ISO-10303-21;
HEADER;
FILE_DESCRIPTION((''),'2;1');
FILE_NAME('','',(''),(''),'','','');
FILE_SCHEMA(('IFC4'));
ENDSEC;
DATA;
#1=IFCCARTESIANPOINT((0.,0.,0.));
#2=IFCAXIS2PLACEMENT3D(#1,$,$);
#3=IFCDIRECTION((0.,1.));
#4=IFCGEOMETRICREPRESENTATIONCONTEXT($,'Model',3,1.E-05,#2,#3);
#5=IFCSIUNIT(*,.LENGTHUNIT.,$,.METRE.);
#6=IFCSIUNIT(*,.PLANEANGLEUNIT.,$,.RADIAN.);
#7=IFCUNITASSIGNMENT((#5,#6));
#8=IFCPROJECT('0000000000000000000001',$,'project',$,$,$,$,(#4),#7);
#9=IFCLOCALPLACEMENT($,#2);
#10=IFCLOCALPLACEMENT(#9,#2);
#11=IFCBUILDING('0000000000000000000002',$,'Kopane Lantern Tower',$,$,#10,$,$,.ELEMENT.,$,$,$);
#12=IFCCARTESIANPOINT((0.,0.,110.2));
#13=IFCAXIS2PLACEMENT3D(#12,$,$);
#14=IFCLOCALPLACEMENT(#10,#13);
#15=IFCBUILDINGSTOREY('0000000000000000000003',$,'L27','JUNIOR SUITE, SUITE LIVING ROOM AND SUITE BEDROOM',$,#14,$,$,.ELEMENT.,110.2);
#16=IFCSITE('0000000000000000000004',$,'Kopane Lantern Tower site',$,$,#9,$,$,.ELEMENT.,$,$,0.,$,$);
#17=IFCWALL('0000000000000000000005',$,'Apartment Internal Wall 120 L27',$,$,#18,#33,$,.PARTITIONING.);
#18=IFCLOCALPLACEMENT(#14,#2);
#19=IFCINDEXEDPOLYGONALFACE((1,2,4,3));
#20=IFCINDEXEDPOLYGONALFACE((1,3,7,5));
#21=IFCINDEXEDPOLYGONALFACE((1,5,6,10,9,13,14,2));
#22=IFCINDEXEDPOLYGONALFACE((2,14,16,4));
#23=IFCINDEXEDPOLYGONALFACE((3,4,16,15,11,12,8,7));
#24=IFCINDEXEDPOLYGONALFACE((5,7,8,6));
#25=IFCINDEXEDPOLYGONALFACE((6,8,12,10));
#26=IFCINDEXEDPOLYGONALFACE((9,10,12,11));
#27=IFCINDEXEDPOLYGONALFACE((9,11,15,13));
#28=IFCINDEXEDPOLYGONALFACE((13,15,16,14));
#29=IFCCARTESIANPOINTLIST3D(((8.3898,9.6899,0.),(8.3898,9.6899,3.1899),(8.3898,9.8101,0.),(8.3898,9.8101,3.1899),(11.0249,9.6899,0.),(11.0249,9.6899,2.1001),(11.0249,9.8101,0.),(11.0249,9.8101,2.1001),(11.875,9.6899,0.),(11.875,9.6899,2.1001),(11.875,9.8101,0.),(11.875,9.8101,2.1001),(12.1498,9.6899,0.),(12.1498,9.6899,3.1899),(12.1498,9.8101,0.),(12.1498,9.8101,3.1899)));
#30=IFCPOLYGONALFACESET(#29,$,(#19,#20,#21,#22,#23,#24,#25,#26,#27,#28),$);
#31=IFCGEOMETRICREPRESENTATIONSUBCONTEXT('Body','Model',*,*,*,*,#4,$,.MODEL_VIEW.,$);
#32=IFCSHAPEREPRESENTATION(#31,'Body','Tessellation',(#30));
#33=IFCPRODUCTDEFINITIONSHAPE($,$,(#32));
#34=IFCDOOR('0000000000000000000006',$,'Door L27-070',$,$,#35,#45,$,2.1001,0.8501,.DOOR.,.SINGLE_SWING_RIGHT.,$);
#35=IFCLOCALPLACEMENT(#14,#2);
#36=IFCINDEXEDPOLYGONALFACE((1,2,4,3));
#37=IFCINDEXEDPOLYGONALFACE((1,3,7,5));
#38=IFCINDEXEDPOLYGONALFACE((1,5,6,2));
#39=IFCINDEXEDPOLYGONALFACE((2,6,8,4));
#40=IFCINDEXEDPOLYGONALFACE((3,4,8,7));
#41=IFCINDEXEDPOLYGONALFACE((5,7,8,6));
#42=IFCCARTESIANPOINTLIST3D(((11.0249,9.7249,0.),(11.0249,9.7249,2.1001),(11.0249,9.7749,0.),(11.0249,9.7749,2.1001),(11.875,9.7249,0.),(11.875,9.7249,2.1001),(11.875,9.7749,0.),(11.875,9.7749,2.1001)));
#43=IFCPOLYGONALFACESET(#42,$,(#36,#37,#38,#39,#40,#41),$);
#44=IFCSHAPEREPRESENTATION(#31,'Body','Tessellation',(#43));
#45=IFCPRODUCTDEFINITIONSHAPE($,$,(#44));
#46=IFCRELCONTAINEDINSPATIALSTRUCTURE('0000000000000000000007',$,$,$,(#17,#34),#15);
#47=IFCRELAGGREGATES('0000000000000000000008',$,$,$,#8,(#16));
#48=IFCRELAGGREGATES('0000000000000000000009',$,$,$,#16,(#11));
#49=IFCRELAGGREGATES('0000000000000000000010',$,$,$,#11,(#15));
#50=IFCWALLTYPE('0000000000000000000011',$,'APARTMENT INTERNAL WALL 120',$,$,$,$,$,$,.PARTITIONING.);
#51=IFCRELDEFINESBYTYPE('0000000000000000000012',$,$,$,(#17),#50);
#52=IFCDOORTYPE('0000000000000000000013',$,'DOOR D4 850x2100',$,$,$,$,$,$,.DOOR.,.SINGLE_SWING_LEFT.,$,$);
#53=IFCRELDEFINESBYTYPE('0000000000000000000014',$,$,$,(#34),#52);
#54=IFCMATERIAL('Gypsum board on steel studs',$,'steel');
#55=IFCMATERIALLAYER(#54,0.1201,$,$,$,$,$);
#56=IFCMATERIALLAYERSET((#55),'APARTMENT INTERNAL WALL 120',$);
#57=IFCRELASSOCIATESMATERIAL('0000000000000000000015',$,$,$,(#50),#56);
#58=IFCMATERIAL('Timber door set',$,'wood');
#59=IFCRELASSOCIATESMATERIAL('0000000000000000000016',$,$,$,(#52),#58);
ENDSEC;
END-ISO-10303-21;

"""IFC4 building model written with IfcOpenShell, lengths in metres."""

from ifc_helpers import new_model, si_unit, direction, frame, frame_2d, origin, place, context, subcontext, project, spatial, rectangle, extrude, material, layer, layer_set, type_object, element, fill, save


model = new_model("IFC4")

# Units and contexts
model_context = context("Model", 3, precision=1e-05, world=origin(), true_north=direction((0.0, 1.0)))
body_context = subcontext(model_context, "Body", "Model", "MODEL_VIEW")
ifc_project = project(units=[si_unit("LENGTHUNIT", "METRE"), si_unit("PLANEANGLEUNIT", "RADIAN")], contexts=[model_context])

# Site, building, storey
site_placement = place(None, origin())
site = spatial("IfcSite", under=ifc_project, at=site_placement, Name="Kopane Lantern Tower site", CompositionType="ELEMENT", RefElevation=0.0)
building_placement = place(site_placement, origin())
building = spatial("IfcBuilding", under=site, at=building_placement, Name="Kopane Lantern Tower", CompositionType="ELEMENT")
storey_placement = place(building_placement, frame((0.0, 0.0, 110.2)))
storey = spatial("IfcBuildingStorey", under=building, at=storey_placement, Name="L27", Description="JUNIOR SUITE, SUITE LIVING ROOM AND SUITE BEDROOM", CompositionType="ELEMENT", Elevation=110.2)

# Shared definitions
ifc_material_1 = material(Name="Gypsum board on steel studs", Category="steel")
ifc_layer = layer(ifc_material_1, 0.1201)
ifc_layer_set = layer_set([ifc_layer], Name="APARTMENT INTERNAL WALL 120")
wall_type = type_object("IfcWallType", Name="APARTMENT INTERNAL WALL 120", PredefinedType="PARTITIONING", material=ifc_layer_set)
ifc_material_2 = material(Name="Timber door set", Category="wood")
door_type = type_object("IfcDoorType", Name="DOOR D4 850x2100", OperationType="SINGLE_SWING_LEFT", PredefinedType="DOOR", material=ifc_material_2)

# Wall, opening, door
wall_1_placement = place(storey_placement, frame((8.3899, 9.75, 0.0), z_axis=(0.0, 0.0, 1.0), x_axis=(1.0, 0.0, 0.0)))
wall_1 = element("IfcWall", 1, at=wall_1_placement, inside=storey, type_object=wall_type, Name="Apartment Internal Wall 120 L27", PredefinedType="PARTITIONING", context=body_context, shape_type="SweptSolid", body=[
    extrude(rectangle(XDim=3.76, YDim=0.1201, at=frame_2d((1.8799, 0.0))), origin(), (0.0, 0.0, 1.0), 3.1899),
])
opening_1_placement = place(wall_1_placement, frame((2.635, 0.0, 0.0)))
opening_1 = element("IfcOpeningElement", 2, at=opening_1_placement, cuts=wall_1, PredefinedType="OPENING", context=body_context, shape_type="SweptSolid", body=[
    extrude(rectangle(XDim=0.8501, YDim=2.1001, at=frame_2d((0.425, 1.05))), frame((0.0, 0.0701, 0.0), z_axis=(0.0, -1.0, 0.0), x_axis=(1.0, 0.0, 0.0)), (0.0, 0.0, 1.0), 0.1401),
])
door_1_placement = place(opening_1_placement, origin())
door_1 = element("IfcDoor", 3, at=door_1_placement, inside=storey, type_object=door_type, Name="Door L27-070", OperationType="SINGLE_SWING_RIGHT", OverallHeight=2.1001, OverallWidth=0.8501, PredefinedType="DOOR", context=body_context, shape_type="SweptSolid", body=[
    extrude(rectangle(XDim=0.8501, YDim=2.1001, at=frame_2d((0.425, 1.05))), frame((0.0, 0.0249, 0.0), z_axis=(0.0, -1.0, 0.0), x_axis=(1.0, 0.0, 0.0)), (0.0, 0.0, 1.0), 0.05),
])
fill(opening_1, door_1)

save(model, "model.ifc")
